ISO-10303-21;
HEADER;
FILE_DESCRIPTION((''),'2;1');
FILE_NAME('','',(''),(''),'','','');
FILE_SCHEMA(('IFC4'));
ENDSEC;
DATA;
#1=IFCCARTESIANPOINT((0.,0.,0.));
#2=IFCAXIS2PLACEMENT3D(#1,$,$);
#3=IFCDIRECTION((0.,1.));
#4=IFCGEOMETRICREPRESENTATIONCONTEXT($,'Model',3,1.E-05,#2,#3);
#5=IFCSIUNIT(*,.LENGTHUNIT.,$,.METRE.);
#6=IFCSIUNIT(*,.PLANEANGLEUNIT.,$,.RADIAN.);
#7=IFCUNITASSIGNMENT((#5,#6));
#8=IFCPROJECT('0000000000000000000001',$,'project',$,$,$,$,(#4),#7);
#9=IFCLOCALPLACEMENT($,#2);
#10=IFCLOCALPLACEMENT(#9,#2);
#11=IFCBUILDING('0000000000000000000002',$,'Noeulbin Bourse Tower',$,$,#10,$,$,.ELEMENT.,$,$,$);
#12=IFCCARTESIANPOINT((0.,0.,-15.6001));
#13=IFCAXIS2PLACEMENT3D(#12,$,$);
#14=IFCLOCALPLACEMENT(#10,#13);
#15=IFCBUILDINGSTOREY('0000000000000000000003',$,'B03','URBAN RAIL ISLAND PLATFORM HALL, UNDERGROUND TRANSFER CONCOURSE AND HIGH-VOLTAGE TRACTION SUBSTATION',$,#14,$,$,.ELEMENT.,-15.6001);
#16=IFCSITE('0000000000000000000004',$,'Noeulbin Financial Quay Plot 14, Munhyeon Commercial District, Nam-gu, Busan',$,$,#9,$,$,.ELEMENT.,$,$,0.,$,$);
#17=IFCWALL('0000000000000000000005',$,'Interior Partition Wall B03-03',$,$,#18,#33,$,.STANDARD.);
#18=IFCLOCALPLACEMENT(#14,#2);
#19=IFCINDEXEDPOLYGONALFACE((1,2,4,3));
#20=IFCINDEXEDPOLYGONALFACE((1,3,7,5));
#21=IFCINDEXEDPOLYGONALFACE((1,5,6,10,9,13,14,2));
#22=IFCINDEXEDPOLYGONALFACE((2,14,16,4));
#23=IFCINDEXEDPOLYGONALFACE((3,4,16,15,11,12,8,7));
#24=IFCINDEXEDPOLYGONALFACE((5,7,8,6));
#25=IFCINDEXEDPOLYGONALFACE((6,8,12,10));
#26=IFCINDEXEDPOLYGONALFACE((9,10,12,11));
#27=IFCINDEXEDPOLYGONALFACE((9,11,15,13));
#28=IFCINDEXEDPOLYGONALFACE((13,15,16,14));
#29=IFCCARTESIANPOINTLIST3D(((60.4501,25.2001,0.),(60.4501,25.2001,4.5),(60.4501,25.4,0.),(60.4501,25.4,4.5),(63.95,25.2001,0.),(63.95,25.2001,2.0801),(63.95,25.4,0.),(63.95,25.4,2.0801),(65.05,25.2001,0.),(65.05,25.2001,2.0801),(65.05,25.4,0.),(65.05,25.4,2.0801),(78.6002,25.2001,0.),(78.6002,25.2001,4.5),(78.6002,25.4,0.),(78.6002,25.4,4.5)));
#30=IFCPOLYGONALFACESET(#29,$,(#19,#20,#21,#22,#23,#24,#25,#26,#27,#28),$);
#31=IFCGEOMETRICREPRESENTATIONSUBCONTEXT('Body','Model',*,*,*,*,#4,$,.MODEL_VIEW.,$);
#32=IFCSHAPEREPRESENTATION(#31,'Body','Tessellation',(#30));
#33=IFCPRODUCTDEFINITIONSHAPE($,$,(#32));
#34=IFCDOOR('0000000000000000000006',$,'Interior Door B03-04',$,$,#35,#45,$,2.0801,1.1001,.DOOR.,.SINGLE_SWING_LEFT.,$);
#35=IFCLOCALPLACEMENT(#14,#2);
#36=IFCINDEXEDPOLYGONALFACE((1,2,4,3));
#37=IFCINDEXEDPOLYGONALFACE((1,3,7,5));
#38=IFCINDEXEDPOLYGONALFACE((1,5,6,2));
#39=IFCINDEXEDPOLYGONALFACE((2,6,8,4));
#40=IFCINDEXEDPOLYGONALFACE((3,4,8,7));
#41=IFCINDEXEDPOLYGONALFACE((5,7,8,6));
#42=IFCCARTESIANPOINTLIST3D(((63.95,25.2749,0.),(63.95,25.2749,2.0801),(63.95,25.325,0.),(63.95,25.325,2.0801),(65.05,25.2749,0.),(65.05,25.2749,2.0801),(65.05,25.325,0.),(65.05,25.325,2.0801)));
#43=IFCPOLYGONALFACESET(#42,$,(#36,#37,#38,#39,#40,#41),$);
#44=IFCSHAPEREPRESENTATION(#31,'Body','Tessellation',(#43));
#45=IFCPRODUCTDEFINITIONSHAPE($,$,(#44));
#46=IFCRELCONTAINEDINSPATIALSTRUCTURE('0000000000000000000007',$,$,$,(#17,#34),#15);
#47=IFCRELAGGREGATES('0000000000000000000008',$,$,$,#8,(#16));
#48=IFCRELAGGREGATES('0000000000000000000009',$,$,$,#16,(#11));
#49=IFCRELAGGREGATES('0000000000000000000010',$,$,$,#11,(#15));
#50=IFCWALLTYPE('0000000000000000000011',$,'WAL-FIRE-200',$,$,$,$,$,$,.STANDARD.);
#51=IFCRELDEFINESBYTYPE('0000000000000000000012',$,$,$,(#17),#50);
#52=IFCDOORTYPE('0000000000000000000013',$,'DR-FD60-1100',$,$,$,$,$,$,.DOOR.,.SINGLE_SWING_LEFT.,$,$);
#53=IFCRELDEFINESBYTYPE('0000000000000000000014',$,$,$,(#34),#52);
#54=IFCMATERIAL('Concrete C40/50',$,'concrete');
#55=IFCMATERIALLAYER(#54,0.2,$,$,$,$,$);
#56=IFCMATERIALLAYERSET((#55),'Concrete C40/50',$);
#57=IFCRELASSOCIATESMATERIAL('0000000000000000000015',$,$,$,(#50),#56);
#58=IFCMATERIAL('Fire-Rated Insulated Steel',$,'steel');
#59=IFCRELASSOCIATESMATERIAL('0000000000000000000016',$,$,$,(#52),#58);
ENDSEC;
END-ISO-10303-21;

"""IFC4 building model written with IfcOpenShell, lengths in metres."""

from ifc_helpers import new_model, si_unit, direction, frame, frame_2d, origin, place, context, subcontext, project, spatial, rectangle, extrude, material, layer, layer_set, type_object, element, fill, save


model = new_model("IFC4")

# Units and contexts
model_context = context("Model", 3, precision=1e-05, world=origin(), true_north=direction((0.0, 1.0)))
body_context = subcontext(model_context, "Body", "Model", "MODEL_VIEW")
ifc_project = project(units=[si_unit("LENGTHUNIT", "METRE"), si_unit("PLANEANGLEUNIT", "RADIAN")], contexts=[model_context])

# Site, building, storey
site_placement = place(None, origin())
site = spatial("IfcSite", under=ifc_project, at=site_placement, Name="Noeulbin Financial Quay Plot 14, Munhyeon Commercial District, Nam-gu, Busan", CompositionType="ELEMENT", RefElevation=0.0)
building_placement = place(site_placement, origin())
building = spatial("IfcBuilding", under=site, at=building_placement, Name="Noeulbin Bourse Tower", CompositionType="ELEMENT")
storey_placement = place(building_placement, frame((0.0, 0.0, -15.6001)))
storey = spatial("IfcBuildingStorey", under=building, at=storey_placement, Name="B03", Description="URBAN RAIL ISLAND PLATFORM HALL, UNDERGROUND TRANSFER CONCOURSE AND HIGH-VOLTAGE TRACTION SUBSTATION", CompositionType="ELEMENT", Elevation=-15.6001)

# Shared definitions
ifc_material_1 = material(Name="Concrete C40/50", Category="concrete")

# Shared definitions
ifc_layer = layer(ifc_material_1, 0.2)
ifc_layer_set = layer_set([ifc_layer], Name="Concrete C40/50")
wall_type = type_object("IfcWallType", Name="WAL-FIRE-200", PredefinedType="STANDARD", material=ifc_layer_set)

# Wall, opening, door
wall_1_placement = place(storey_placement, frame((60.45, 25.3, 0.0), z_axis=(0.0, 0.0, 1.0), x_axis=(1.0, 0.0, 0.0)))
wall_1 = element("IfcWall", 1, at=wall_1_placement, inside=storey, type_object=wall_type, Name="Interior Partition Wall B03-03", PredefinedType="STANDARD", context=body_context, shape_type="SweptSolid", body=[
    extrude(rectangle(XDim=18.1501, YDim=0.2, at=frame_2d((9.0752, 0.0))), origin(), (0.0, 0.0, 1.0), 4.5),
])
opening_placement = place(wall_1_placement, frame((3.5, 0.0, 0.0)))
opening = element("IfcOpeningElement", 2, at=opening_placement, cuts=wall_1, PredefinedType="OPENING", context=body_context, shape_type="SweptSolid", body=[
    extrude(rectangle(XDim=1.1001, YDim=2.0801, at=frame_2d((0.55, 1.04))), frame((0.0, 0.1099, 0.0), z_axis=(0.0, -1.0, 0.0), x_axis=(1.0, 0.0, 0.0)), (0.0, 0.0, 1.0), 0.22),
])
ifc_material_2 = material(Name="Fire-Rated Insulated Steel", Category="steel")
door_type = type_object("IfcDoorType", Name="DR-FD60-1100", OperationType="SINGLE_SWING_LEFT", PredefinedType="DOOR", material=ifc_material_2)
door_placement = place(opening_placement, origin())
door = element("IfcDoor", 3, at=door_placement, inside=storey, type_object=door_type, Name="Interior Door B03-04", OperationType="SINGLE_SWING_LEFT", OverallHeight=2.0801, OverallWidth=1.1001, PredefinedType="DOOR", context=body_context, shape_type="SweptSolid", body=[
    extrude(rectangle(XDim=1.1001, YDim=2.0801, at=frame_2d((0.55, 1.04))), frame((0.0, 0.0249, 0.0), z_axis=(0.0, -1.0, 0.0), x_axis=(1.0, 0.0, 0.0)), (0.0, 0.0, 1.0), 0.05),
])
fill(opening, door)

save(model, "model.ifc")
